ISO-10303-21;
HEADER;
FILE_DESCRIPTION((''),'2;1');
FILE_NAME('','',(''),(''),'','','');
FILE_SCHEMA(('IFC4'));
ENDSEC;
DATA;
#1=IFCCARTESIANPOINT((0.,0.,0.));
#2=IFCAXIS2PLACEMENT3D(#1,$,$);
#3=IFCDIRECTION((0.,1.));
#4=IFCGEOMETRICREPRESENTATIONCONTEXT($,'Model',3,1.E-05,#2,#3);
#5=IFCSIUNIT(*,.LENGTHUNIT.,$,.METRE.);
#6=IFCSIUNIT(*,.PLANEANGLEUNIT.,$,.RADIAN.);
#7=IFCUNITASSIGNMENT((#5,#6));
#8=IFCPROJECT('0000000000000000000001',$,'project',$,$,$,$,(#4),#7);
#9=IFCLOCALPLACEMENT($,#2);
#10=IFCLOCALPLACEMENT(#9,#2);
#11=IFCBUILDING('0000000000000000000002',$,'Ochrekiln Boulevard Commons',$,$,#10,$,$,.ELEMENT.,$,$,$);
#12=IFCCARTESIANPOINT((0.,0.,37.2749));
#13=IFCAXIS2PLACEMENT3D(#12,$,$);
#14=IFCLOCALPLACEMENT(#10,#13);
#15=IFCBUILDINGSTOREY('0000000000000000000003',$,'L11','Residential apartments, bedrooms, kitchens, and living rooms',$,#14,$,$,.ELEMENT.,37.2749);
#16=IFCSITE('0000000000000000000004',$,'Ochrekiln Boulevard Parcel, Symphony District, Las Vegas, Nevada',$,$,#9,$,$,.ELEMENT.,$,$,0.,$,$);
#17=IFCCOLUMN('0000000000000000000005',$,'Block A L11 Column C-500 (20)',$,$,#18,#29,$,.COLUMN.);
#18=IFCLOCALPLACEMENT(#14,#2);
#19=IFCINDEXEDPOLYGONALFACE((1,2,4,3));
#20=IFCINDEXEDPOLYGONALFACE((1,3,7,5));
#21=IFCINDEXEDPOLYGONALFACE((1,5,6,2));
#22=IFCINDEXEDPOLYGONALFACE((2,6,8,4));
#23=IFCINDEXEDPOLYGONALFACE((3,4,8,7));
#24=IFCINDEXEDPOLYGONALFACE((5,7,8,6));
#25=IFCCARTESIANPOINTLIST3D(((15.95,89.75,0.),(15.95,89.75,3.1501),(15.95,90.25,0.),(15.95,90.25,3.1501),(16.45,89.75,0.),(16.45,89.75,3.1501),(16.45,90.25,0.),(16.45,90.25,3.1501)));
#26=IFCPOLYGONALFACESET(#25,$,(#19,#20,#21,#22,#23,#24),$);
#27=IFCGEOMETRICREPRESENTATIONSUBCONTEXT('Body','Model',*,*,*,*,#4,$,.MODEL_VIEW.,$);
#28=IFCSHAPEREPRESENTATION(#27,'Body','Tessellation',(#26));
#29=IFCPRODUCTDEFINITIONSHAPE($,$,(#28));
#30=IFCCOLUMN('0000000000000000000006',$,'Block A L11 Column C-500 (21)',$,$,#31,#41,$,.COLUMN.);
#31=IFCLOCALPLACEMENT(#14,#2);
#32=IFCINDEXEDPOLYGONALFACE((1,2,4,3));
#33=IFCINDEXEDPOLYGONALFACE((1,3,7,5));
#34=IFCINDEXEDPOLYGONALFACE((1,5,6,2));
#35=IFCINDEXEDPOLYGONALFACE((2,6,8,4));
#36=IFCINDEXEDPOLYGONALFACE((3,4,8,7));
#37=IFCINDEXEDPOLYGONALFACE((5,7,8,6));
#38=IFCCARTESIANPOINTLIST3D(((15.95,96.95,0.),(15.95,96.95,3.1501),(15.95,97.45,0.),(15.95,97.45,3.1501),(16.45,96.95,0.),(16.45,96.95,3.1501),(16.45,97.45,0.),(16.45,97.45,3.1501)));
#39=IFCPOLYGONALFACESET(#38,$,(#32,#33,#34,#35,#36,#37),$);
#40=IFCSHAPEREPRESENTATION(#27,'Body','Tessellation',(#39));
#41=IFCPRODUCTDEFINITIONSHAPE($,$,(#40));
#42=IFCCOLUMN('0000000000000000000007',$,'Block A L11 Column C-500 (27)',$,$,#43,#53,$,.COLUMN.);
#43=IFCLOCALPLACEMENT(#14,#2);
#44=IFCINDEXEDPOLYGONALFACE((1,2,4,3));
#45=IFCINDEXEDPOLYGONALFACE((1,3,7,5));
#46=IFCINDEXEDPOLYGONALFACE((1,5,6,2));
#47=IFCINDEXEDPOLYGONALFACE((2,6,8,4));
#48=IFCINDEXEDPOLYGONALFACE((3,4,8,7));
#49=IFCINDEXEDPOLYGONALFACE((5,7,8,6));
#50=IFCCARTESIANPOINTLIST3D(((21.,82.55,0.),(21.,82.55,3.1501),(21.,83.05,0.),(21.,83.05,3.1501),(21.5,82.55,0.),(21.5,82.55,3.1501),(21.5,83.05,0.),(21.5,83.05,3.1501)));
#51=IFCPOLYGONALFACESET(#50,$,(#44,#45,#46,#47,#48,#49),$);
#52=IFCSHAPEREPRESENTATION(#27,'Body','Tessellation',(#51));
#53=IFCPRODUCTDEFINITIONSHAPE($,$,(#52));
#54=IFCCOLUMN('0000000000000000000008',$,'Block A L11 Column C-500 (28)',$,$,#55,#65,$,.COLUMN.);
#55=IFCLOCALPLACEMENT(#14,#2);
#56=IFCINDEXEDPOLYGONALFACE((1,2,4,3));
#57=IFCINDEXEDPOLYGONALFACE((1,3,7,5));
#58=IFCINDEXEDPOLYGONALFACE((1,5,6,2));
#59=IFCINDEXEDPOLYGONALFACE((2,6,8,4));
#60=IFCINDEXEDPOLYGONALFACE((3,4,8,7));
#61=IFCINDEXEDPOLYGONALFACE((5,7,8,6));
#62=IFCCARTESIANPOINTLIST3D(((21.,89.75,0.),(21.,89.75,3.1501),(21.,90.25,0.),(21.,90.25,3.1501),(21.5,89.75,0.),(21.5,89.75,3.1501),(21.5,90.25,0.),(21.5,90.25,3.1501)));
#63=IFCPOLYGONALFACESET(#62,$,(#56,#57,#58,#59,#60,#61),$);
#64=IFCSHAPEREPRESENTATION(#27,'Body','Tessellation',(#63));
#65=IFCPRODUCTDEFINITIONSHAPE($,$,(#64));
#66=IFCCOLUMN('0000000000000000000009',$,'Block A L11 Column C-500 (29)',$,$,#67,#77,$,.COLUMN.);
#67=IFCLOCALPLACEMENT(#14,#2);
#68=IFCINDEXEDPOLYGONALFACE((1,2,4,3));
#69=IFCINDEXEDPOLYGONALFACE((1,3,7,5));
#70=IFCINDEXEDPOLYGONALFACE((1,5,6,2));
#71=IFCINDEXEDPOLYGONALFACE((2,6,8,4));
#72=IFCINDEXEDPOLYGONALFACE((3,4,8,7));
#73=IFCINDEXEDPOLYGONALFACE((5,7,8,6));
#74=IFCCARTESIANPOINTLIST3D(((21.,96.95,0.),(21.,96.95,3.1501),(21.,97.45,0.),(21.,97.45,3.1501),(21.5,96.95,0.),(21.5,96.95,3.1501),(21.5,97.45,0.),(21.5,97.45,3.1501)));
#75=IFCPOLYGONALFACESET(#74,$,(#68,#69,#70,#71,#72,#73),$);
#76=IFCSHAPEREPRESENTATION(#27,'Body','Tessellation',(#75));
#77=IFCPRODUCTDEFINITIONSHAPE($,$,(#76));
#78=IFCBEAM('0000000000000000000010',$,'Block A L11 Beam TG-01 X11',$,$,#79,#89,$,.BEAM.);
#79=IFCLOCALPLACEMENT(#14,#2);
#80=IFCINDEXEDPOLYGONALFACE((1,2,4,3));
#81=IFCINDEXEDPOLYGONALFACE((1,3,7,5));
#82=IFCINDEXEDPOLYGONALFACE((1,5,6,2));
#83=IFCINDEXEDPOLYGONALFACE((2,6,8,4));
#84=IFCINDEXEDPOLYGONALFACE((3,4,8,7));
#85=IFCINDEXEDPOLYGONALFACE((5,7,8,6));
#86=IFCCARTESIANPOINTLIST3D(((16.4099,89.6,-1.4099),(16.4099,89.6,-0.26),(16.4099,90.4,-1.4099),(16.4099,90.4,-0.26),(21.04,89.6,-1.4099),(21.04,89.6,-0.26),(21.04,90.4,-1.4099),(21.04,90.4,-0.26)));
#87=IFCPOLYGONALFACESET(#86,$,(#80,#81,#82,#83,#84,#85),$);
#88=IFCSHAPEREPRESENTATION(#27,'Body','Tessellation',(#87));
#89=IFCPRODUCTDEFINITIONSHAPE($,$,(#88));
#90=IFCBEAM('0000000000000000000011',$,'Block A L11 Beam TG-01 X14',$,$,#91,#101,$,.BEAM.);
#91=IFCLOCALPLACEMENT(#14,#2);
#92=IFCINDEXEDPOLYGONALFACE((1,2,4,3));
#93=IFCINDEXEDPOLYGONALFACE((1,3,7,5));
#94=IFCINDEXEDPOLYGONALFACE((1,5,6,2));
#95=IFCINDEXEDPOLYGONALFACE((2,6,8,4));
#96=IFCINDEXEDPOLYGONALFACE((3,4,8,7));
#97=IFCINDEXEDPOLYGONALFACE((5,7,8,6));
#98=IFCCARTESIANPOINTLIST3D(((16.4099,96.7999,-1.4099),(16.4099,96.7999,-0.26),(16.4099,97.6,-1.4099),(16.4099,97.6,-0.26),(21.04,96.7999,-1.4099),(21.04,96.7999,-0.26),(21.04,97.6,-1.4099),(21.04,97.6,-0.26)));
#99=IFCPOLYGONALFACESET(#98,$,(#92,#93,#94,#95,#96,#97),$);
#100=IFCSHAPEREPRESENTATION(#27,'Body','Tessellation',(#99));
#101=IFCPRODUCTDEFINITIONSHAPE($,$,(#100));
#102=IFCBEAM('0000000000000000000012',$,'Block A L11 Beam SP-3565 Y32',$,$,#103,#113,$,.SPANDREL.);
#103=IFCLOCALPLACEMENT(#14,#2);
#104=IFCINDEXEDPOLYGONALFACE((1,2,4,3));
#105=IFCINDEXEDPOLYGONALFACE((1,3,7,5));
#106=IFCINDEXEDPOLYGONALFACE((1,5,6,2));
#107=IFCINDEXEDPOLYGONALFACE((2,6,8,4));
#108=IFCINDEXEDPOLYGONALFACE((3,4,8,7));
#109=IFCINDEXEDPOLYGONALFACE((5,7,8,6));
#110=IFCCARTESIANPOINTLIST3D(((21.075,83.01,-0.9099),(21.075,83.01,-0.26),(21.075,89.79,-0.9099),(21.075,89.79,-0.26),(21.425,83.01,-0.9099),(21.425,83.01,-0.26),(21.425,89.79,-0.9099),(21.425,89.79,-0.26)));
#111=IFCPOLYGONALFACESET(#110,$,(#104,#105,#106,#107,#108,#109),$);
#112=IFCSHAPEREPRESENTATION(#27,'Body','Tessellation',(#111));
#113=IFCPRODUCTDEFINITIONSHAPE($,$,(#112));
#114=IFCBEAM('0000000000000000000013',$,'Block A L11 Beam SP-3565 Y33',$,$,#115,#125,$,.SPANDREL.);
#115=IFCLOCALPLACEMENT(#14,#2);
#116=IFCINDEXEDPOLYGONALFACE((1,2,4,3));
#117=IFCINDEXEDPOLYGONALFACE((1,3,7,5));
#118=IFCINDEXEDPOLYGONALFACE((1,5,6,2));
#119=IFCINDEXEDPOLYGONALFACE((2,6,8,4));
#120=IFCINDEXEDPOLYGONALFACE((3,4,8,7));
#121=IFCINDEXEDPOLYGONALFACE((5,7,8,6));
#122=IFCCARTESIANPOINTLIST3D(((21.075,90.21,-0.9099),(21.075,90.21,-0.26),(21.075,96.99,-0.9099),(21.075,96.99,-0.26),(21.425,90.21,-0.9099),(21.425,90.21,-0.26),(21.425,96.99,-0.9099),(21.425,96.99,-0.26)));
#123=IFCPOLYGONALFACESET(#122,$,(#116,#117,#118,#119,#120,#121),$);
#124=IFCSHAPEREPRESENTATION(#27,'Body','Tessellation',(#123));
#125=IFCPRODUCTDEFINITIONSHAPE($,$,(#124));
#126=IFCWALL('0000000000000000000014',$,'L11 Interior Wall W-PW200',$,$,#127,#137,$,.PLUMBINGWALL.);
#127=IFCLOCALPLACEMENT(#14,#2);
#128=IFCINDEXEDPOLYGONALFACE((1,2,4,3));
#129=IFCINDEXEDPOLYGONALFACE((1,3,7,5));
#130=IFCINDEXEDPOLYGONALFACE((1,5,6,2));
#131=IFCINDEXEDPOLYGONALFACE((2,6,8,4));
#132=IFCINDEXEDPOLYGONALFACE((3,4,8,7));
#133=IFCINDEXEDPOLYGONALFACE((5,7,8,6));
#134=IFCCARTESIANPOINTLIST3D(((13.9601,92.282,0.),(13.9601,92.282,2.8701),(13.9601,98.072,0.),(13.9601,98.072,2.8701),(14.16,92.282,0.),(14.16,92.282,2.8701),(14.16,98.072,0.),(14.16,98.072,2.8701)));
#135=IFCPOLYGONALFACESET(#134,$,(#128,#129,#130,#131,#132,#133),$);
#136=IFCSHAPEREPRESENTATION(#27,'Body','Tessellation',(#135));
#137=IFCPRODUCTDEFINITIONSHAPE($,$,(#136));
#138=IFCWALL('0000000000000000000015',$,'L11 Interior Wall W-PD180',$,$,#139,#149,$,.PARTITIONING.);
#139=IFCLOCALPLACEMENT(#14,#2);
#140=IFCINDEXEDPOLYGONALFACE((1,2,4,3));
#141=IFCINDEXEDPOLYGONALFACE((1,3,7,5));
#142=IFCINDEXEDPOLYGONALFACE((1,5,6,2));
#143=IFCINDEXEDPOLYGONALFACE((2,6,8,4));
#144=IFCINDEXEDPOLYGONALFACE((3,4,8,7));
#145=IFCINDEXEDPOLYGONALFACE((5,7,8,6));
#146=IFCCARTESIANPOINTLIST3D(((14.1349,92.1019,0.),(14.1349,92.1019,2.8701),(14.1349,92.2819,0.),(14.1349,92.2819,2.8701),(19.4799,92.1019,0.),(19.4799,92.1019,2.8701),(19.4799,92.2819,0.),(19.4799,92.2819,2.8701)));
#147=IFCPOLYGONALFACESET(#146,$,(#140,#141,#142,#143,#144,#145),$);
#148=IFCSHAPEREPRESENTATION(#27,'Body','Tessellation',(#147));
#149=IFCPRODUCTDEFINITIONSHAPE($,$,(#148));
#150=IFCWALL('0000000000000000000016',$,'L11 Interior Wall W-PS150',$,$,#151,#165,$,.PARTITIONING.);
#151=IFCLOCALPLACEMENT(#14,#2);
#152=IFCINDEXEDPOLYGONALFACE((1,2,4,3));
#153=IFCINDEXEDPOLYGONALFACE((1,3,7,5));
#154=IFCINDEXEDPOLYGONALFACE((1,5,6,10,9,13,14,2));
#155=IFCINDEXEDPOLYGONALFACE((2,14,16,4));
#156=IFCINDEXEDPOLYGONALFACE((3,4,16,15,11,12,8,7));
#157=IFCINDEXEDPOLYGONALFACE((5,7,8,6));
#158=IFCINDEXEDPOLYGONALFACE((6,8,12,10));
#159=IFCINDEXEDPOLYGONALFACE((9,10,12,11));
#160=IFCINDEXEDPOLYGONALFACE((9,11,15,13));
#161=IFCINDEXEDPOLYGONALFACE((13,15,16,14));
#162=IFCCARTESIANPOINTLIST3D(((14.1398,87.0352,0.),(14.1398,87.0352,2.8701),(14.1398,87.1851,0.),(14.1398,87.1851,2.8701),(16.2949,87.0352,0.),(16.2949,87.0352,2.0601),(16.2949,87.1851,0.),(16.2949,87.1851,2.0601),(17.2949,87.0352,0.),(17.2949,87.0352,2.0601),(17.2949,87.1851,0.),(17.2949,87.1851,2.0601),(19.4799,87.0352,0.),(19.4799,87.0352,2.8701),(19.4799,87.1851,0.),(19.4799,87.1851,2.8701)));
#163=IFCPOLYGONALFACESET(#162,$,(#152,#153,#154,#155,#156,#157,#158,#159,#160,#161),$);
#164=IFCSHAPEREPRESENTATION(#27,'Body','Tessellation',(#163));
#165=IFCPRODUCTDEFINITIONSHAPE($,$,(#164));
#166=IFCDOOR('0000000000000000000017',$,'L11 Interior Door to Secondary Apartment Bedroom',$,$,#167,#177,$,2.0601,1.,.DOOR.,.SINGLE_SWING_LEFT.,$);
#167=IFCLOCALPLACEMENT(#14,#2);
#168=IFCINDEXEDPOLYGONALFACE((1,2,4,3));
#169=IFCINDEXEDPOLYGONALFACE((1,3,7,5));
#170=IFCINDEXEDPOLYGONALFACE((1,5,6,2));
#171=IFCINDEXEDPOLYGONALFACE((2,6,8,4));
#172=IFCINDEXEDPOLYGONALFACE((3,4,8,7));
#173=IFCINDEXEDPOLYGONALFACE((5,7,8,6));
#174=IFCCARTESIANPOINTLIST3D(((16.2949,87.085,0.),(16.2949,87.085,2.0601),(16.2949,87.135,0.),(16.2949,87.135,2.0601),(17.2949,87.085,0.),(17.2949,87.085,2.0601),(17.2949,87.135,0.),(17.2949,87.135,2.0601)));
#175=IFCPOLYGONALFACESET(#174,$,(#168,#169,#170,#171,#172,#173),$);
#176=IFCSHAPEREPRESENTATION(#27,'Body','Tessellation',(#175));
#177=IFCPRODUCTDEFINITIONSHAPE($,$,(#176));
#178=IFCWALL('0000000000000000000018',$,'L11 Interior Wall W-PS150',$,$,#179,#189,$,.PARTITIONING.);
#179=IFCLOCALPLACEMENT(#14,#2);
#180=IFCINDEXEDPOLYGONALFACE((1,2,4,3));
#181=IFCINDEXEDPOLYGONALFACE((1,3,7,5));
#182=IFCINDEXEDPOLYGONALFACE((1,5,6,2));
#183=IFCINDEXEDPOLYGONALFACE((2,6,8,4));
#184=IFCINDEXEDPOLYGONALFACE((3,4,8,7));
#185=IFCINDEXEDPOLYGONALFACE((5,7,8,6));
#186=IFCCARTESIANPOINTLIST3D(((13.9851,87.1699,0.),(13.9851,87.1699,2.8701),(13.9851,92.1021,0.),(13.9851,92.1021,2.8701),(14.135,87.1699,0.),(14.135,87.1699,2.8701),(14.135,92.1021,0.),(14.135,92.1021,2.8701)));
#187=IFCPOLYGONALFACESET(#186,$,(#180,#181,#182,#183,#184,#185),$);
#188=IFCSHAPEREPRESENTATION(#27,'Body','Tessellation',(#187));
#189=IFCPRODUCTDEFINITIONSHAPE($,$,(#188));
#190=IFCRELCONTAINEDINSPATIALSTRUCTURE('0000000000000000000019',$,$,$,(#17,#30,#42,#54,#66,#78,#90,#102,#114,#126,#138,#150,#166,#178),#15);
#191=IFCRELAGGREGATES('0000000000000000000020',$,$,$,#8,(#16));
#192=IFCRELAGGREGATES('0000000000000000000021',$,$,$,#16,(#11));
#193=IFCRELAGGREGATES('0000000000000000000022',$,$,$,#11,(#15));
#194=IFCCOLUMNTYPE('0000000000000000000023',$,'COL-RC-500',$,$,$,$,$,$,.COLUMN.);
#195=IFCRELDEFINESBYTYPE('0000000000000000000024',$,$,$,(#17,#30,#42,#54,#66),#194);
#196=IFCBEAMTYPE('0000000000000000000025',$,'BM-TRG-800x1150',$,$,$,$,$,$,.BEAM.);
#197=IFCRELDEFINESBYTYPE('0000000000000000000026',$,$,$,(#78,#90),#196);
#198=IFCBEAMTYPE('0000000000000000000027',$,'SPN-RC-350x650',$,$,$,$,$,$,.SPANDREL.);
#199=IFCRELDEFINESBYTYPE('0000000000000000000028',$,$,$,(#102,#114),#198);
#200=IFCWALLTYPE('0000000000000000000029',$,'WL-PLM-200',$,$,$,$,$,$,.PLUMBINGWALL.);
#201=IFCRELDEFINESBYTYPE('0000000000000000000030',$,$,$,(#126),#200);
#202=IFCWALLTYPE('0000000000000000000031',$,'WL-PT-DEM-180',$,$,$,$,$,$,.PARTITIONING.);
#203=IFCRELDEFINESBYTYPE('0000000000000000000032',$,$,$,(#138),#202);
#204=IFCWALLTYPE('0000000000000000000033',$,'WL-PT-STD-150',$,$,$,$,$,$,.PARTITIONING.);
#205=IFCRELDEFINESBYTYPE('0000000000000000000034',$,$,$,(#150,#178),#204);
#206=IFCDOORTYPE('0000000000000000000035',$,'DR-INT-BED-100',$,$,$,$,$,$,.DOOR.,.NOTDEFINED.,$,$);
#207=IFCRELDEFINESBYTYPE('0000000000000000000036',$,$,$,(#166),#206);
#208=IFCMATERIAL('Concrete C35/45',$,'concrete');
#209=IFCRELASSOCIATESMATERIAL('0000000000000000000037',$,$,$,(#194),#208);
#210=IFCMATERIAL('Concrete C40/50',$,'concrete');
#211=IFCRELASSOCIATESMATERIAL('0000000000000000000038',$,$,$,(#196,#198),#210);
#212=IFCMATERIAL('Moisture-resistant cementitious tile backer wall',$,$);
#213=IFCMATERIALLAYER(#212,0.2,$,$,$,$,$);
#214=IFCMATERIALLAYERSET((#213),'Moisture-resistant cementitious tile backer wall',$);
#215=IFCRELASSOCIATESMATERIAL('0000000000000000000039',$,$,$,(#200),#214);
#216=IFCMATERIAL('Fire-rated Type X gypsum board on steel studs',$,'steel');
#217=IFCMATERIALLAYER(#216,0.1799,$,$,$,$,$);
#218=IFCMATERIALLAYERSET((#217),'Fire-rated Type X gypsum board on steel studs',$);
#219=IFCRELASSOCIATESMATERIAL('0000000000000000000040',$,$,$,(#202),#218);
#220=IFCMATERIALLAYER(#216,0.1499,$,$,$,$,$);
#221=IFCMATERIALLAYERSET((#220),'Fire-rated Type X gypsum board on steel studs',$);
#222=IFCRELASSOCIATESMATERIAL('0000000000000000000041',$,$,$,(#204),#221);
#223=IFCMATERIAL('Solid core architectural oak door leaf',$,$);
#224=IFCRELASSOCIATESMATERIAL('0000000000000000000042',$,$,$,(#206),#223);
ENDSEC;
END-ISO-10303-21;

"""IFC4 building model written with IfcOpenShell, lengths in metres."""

from ifc_helpers import new_model, si_unit, direction, frame, frame_2d, origin, origin_2d, place, context, subcontext, project, spatial, rectangle, extrude, material, layer, layer_set, material_profile, profile_set, type_object, element, fill, save


model = new_model("IFC4")

# Units and contexts
model_context = context("Model", 3, precision=1e-05, world=origin(), true_north=direction((0.0, 1.0)))
body_context = subcontext(model_context, "Body", "Model", "MODEL_VIEW")
ifc_project = project(units=[si_unit("LENGTHUNIT", "METRE"), si_unit("PLANEANGLEUNIT", "RADIAN")], contexts=[model_context])

# Site, building, storey
site_placement = place(None, origin())
site = spatial("IfcSite", under=ifc_project, at=site_placement, Name="Ochrekiln Boulevard Parcel, Symphony District, Las Vegas, Nevada", CompositionType="ELEMENT", RefElevation=0.0)
building_placement = place(site_placement, origin())
building = spatial("IfcBuilding", under=site, at=building_placement, Name="Ochrekiln Boulevard Commons", CompositionType="ELEMENT")
storey_placement = place(building_placement, frame((0.0, 0.0, 37.2749)))
storey = spatial("IfcBuildingStorey", under=building, at=storey_placement, Name="L11", Description="Residential apartments, bedrooms, kitchens, and living rooms", CompositionType="ELEMENT", Elevation=37.2749)

# Columns
ifc_material_1 = material(Name="Concrete C35/45", Category="concrete")
ifc_material_profile_1 = material_profile(ifc_material_1, rectangle(XDim=0.5, YDim=0.5, at=origin_2d()), Name="RC-COL-500x500")
ifc_profile_set_1 = profile_set([ifc_material_profile_1], Name="Concrete C35/45")
column_type = type_object("IfcColumnType", Name="COL-RC-500", PredefinedType="COLUMN", material=ifc_profile_set_1)
for number, where, z_axis, x_axis, name in (
    (1, (16.2, 90.0, 0.0), (0.0, 0.0, 1.0), (1.0, 0.0, 0.0), "Block A L11 Column C-500 (20)"),
    (2, (16.2, 97.2, 0.0), (0.0, 0.0, 1.0), (1.0, 0.0, 0.0), "Block A L11 Column C-500 (21)"),
    (3, (21.25, 82.8, 0.0), (0.0, 0.0, 1.0), (1.0, 0.0, 0.0), "Block A L11 Column C-500 (27)"),
    (4, (21.25, 90.0, 0.0), (0.0, 0.0, 1.0), (1.0, 0.0, 0.0), "Block A L11 Column C-500 (28)"),
    (5, (21.25, 97.2, 0.0), (0.0, 0.0, 1.0), (1.0, 0.0, 0.0), "Block A L11 Column C-500 (29)"),
):
    element("IfcColumn", number, at=place(storey_placement, frame(where, z_axis=z_axis, x_axis=x_axis)), inside=storey, type_object=column_type, Name=name, PredefinedType="COLUMN", context=body_context, shape_type="SweptSolid", body=[
        extrude(rectangle(XDim=0.5, YDim=0.5, at=origin_2d()), origin(), (0.0, 0.0, 1.0), 3.1501),
    ])

# Beams
ifc_material_2 = material(Name="Concrete C40/50", Category="concrete")
ifc_material_profile_2 = material_profile(ifc_material_2, rectangle(XDim=0.8, YDim=1.1499, at=origin_2d()), Name="RC-TRG-800x1150")
ifc_profile_set_2 = profile_set([ifc_material_profile_2], Name="Concrete C40/50")
beam_type_1 = type_object("IfcBeamType", Name="BM-TRG-800x1150", PredefinedType="BEAM", material=ifc_profile_set_2)
for number, where, z_axis, x_axis, name in (
    (6, (16.4099, 90.0, -0.835), (1.0, 0.0, 0.0), (0.0, 1.0, 0.0), "Block A L11 Beam TG-01 X11"),
    (7, (16.4099, 97.2, -0.835), (1.0, 0.0, 0.0), (0.0, 1.0, 0.0), "Block A L11 Beam TG-01 X14"),
):
    element("IfcBeam", number, at=place(storey_placement, frame(where, z_axis=z_axis, x_axis=x_axis)), inside=storey, type_object=beam_type_1, Name=name, PredefinedType="BEAM", context=body_context, shape_type="SweptSolid", body=[
        extrude(rectangle(XDim=0.8, YDim=1.1499, at=origin_2d()), origin(), (0.0, 0.0, 1.0), 4.6301),
    ])
ifc_material_profile_3 = material_profile(ifc_material_2, rectangle(XDim=0.3501, YDim=0.6499, at=origin_2d()), Name="RC-SPN-350x650")
ifc_profile_set_3 = profile_set([ifc_material_profile_3], Name="Concrete C40/50")
beam_type_2 = type_object("IfcBeamType", Name="SPN-RC-350x650", PredefinedType="SPANDREL", material=ifc_profile_set_3)
for number, where, z_axis, x_axis, name in (
    (8, (21.25, 83.01, -0.585), (0.0, 1.0, 0.0), (-1.0, 0.0, 0.0), "Block A L11 Beam SP-3565 Y32"),
    (9, (21.25, 90.21, -0.585), (0.0, 1.0, 0.0), (-1.0, 0.0, 0.0), "Block A L11 Beam SP-3565 Y33"),
):
    element("IfcBeam", number, at=place(storey_placement, frame(where, z_axis=z_axis, x_axis=x_axis)), inside=storey, type_object=beam_type_2, Name=name, PredefinedType="SPANDREL", context=body_context, shape_type="SweptSolid", body=[
        extrude(rectangle(XDim=0.3501, YDim=0.6499, at=origin_2d()), origin(), (0.0, 0.0, 1.0), 6.78),
    ])

# Walls
ifc_material_3 = material(Name="Moisture-resistant cementitious tile backer wall")
ifc_layer_1 = layer(ifc_material_3, 0.2)
ifc_layer_set_1 = layer_set([ifc_layer_1], Name="Moisture-resistant cementitious tile backer wall")
wall_type_1 = type_object("IfcWallType", Name="WL-PLM-200", PredefinedType="PLUMBINGWALL", material=ifc_layer_set_1)
wall_1_placement = place(storey_placement, frame((14.0601, 92.282, 0.0), z_axis=(0.0, 0.0, 1.0), x_axis=(0.0, 1.0, 0.0)))
element("IfcWall", 10, at=wall_1_placement, inside=storey, type_object=wall_type_1, Name="L11 Interior Wall W-PW200", PredefinedType="PLUMBINGWALL", context=body_context, shape_type="SweptSolid", body=[
    extrude(rectangle(XDim=5.79, YDim=0.2, at=frame_2d((2.895, 0.0))), origin(), (0.0, 0.0, 1.0), 2.8701),
])
ifc_material_4 = material(Name="Fire-rated Type X gypsum board on steel studs", Category="steel")
ifc_layer_2 = layer(ifc_material_4, 0.1799)
ifc_layer_set_2 = layer_set([ifc_layer_2], Name="Fire-rated Type X gypsum board on steel studs")
wall_type_2 = type_object("IfcWallType", Name="WL-PT-DEM-180", PredefinedType="PARTITIONING", material=ifc_layer_set_2)
wall_2_placement = place(storey_placement, frame((14.135, 92.1919, 0.0), z_axis=(0.0, 0.0, 1.0), x_axis=(1.0, 0.0, 0.0)))
element("IfcWall", 11, at=wall_2_placement, inside=storey, type_object=wall_type_2, Name="L11 Interior Wall W-PD180", PredefinedType="PARTITIONING", context=body_context, shape_type="SweptSolid", body=[
    extrude(rectangle(XDim=5.345, YDim=0.1799, at=frame_2d((2.6724, 0.0))), origin(), (0.0, 0.0, 1.0), 2.8701),
])

# Wall, opening, door
ifc_layer_3 = layer(ifc_material_4, 0.1499)
ifc_layer_set_3 = layer_set([ifc_layer_3], Name="Fire-rated Type X gypsum board on steel studs")
wall_type_3 = type_object("IfcWallType", Name="WL-PT-STD-150", PredefinedType="PARTITIONING", material=ifc_layer_set_3)
wall_3_placement = place(storey_placement, frame((14.1399, 87.1101, 0.0), z_axis=(0.0, 0.0, 1.0), x_axis=(1.0, 0.0, 0.0)))
wall_3 = element("IfcWall", 12, at=wall_3_placement, inside=storey, type_object=wall_type_3, Name="L11 Interior Wall W-PS150", PredefinedType="PARTITIONING", context=body_context, shape_type="SweptSolid", body=[
    extrude(rectangle(XDim=5.3401, YDim=0.1499, at=frame_2d((2.6699, 0.0))), origin(), (0.0, 0.0, 1.0), 2.8701),
])
opening_placement = place(wall_3_placement, frame((2.155, 0.0, 0.0)))
opening = element("IfcOpeningElement", 13, at=opening_placement, cuts=wall_3, PredefinedType="OPENING", context=body_context, shape_type="SweptSolid", body=[
    extrude(rectangle(XDim=1.0, YDim=2.0601, at=frame_2d((0.5, 1.03))), frame((0.0, 0.085, 0.0), z_axis=(0.0, -1.0, 0.0), x_axis=(1.0, 0.0, 0.0)), (0.0, 0.0, 1.0), 0.1699),
])
ifc_material_5 = material(Name="Solid core architectural oak door leaf")
door_type = type_object("IfcDoorType", Name="DR-INT-BED-100", OperationType="NOTDEFINED", PredefinedType="DOOR", material=ifc_material_5)
door_placement = place(opening_placement, origin())
door = element("IfcDoor", 14, at=door_placement, inside=storey, type_object=door_type, Name="L11 Interior Door to Secondary Apartment Bedroom", OperationType="SINGLE_SWING_LEFT", OverallHeight=2.0601, OverallWidth=1.0, PredefinedType="DOOR", context=body_context, shape_type="SweptSolid", body=[
    extrude(rectangle(XDim=1.0, YDim=2.0601, at=frame_2d((0.5, 1.03))), frame((0.0, 0.0249, 0.0), z_axis=(0.0, -1.0, 0.0), x_axis=(1.0, 0.0, 0.0)), (0.0, 0.0, 1.0), 0.05),
])
fill(opening, door)

# Wall
wall_4_placement = place(storey_placement, frame((14.0601, 87.1699, 0.0), z_axis=(0.0, 0.0, 1.0), x_axis=(0.0, 1.0, 0.0)))
element("IfcWall", 15, at=wall_4_placement, inside=storey, type_object=wall_type_3, Name="L11 Interior Wall W-PS150", PredefinedType="PARTITIONING", context=body_context, shape_type="SweptSolid", body=[
    extrude(rectangle(XDim=4.9321, YDim=0.1499, at=frame_2d((2.4661, 0.0))), origin(), (0.0, 0.0, 1.0), 2.8701),
])

save(model, "model.ifc")
